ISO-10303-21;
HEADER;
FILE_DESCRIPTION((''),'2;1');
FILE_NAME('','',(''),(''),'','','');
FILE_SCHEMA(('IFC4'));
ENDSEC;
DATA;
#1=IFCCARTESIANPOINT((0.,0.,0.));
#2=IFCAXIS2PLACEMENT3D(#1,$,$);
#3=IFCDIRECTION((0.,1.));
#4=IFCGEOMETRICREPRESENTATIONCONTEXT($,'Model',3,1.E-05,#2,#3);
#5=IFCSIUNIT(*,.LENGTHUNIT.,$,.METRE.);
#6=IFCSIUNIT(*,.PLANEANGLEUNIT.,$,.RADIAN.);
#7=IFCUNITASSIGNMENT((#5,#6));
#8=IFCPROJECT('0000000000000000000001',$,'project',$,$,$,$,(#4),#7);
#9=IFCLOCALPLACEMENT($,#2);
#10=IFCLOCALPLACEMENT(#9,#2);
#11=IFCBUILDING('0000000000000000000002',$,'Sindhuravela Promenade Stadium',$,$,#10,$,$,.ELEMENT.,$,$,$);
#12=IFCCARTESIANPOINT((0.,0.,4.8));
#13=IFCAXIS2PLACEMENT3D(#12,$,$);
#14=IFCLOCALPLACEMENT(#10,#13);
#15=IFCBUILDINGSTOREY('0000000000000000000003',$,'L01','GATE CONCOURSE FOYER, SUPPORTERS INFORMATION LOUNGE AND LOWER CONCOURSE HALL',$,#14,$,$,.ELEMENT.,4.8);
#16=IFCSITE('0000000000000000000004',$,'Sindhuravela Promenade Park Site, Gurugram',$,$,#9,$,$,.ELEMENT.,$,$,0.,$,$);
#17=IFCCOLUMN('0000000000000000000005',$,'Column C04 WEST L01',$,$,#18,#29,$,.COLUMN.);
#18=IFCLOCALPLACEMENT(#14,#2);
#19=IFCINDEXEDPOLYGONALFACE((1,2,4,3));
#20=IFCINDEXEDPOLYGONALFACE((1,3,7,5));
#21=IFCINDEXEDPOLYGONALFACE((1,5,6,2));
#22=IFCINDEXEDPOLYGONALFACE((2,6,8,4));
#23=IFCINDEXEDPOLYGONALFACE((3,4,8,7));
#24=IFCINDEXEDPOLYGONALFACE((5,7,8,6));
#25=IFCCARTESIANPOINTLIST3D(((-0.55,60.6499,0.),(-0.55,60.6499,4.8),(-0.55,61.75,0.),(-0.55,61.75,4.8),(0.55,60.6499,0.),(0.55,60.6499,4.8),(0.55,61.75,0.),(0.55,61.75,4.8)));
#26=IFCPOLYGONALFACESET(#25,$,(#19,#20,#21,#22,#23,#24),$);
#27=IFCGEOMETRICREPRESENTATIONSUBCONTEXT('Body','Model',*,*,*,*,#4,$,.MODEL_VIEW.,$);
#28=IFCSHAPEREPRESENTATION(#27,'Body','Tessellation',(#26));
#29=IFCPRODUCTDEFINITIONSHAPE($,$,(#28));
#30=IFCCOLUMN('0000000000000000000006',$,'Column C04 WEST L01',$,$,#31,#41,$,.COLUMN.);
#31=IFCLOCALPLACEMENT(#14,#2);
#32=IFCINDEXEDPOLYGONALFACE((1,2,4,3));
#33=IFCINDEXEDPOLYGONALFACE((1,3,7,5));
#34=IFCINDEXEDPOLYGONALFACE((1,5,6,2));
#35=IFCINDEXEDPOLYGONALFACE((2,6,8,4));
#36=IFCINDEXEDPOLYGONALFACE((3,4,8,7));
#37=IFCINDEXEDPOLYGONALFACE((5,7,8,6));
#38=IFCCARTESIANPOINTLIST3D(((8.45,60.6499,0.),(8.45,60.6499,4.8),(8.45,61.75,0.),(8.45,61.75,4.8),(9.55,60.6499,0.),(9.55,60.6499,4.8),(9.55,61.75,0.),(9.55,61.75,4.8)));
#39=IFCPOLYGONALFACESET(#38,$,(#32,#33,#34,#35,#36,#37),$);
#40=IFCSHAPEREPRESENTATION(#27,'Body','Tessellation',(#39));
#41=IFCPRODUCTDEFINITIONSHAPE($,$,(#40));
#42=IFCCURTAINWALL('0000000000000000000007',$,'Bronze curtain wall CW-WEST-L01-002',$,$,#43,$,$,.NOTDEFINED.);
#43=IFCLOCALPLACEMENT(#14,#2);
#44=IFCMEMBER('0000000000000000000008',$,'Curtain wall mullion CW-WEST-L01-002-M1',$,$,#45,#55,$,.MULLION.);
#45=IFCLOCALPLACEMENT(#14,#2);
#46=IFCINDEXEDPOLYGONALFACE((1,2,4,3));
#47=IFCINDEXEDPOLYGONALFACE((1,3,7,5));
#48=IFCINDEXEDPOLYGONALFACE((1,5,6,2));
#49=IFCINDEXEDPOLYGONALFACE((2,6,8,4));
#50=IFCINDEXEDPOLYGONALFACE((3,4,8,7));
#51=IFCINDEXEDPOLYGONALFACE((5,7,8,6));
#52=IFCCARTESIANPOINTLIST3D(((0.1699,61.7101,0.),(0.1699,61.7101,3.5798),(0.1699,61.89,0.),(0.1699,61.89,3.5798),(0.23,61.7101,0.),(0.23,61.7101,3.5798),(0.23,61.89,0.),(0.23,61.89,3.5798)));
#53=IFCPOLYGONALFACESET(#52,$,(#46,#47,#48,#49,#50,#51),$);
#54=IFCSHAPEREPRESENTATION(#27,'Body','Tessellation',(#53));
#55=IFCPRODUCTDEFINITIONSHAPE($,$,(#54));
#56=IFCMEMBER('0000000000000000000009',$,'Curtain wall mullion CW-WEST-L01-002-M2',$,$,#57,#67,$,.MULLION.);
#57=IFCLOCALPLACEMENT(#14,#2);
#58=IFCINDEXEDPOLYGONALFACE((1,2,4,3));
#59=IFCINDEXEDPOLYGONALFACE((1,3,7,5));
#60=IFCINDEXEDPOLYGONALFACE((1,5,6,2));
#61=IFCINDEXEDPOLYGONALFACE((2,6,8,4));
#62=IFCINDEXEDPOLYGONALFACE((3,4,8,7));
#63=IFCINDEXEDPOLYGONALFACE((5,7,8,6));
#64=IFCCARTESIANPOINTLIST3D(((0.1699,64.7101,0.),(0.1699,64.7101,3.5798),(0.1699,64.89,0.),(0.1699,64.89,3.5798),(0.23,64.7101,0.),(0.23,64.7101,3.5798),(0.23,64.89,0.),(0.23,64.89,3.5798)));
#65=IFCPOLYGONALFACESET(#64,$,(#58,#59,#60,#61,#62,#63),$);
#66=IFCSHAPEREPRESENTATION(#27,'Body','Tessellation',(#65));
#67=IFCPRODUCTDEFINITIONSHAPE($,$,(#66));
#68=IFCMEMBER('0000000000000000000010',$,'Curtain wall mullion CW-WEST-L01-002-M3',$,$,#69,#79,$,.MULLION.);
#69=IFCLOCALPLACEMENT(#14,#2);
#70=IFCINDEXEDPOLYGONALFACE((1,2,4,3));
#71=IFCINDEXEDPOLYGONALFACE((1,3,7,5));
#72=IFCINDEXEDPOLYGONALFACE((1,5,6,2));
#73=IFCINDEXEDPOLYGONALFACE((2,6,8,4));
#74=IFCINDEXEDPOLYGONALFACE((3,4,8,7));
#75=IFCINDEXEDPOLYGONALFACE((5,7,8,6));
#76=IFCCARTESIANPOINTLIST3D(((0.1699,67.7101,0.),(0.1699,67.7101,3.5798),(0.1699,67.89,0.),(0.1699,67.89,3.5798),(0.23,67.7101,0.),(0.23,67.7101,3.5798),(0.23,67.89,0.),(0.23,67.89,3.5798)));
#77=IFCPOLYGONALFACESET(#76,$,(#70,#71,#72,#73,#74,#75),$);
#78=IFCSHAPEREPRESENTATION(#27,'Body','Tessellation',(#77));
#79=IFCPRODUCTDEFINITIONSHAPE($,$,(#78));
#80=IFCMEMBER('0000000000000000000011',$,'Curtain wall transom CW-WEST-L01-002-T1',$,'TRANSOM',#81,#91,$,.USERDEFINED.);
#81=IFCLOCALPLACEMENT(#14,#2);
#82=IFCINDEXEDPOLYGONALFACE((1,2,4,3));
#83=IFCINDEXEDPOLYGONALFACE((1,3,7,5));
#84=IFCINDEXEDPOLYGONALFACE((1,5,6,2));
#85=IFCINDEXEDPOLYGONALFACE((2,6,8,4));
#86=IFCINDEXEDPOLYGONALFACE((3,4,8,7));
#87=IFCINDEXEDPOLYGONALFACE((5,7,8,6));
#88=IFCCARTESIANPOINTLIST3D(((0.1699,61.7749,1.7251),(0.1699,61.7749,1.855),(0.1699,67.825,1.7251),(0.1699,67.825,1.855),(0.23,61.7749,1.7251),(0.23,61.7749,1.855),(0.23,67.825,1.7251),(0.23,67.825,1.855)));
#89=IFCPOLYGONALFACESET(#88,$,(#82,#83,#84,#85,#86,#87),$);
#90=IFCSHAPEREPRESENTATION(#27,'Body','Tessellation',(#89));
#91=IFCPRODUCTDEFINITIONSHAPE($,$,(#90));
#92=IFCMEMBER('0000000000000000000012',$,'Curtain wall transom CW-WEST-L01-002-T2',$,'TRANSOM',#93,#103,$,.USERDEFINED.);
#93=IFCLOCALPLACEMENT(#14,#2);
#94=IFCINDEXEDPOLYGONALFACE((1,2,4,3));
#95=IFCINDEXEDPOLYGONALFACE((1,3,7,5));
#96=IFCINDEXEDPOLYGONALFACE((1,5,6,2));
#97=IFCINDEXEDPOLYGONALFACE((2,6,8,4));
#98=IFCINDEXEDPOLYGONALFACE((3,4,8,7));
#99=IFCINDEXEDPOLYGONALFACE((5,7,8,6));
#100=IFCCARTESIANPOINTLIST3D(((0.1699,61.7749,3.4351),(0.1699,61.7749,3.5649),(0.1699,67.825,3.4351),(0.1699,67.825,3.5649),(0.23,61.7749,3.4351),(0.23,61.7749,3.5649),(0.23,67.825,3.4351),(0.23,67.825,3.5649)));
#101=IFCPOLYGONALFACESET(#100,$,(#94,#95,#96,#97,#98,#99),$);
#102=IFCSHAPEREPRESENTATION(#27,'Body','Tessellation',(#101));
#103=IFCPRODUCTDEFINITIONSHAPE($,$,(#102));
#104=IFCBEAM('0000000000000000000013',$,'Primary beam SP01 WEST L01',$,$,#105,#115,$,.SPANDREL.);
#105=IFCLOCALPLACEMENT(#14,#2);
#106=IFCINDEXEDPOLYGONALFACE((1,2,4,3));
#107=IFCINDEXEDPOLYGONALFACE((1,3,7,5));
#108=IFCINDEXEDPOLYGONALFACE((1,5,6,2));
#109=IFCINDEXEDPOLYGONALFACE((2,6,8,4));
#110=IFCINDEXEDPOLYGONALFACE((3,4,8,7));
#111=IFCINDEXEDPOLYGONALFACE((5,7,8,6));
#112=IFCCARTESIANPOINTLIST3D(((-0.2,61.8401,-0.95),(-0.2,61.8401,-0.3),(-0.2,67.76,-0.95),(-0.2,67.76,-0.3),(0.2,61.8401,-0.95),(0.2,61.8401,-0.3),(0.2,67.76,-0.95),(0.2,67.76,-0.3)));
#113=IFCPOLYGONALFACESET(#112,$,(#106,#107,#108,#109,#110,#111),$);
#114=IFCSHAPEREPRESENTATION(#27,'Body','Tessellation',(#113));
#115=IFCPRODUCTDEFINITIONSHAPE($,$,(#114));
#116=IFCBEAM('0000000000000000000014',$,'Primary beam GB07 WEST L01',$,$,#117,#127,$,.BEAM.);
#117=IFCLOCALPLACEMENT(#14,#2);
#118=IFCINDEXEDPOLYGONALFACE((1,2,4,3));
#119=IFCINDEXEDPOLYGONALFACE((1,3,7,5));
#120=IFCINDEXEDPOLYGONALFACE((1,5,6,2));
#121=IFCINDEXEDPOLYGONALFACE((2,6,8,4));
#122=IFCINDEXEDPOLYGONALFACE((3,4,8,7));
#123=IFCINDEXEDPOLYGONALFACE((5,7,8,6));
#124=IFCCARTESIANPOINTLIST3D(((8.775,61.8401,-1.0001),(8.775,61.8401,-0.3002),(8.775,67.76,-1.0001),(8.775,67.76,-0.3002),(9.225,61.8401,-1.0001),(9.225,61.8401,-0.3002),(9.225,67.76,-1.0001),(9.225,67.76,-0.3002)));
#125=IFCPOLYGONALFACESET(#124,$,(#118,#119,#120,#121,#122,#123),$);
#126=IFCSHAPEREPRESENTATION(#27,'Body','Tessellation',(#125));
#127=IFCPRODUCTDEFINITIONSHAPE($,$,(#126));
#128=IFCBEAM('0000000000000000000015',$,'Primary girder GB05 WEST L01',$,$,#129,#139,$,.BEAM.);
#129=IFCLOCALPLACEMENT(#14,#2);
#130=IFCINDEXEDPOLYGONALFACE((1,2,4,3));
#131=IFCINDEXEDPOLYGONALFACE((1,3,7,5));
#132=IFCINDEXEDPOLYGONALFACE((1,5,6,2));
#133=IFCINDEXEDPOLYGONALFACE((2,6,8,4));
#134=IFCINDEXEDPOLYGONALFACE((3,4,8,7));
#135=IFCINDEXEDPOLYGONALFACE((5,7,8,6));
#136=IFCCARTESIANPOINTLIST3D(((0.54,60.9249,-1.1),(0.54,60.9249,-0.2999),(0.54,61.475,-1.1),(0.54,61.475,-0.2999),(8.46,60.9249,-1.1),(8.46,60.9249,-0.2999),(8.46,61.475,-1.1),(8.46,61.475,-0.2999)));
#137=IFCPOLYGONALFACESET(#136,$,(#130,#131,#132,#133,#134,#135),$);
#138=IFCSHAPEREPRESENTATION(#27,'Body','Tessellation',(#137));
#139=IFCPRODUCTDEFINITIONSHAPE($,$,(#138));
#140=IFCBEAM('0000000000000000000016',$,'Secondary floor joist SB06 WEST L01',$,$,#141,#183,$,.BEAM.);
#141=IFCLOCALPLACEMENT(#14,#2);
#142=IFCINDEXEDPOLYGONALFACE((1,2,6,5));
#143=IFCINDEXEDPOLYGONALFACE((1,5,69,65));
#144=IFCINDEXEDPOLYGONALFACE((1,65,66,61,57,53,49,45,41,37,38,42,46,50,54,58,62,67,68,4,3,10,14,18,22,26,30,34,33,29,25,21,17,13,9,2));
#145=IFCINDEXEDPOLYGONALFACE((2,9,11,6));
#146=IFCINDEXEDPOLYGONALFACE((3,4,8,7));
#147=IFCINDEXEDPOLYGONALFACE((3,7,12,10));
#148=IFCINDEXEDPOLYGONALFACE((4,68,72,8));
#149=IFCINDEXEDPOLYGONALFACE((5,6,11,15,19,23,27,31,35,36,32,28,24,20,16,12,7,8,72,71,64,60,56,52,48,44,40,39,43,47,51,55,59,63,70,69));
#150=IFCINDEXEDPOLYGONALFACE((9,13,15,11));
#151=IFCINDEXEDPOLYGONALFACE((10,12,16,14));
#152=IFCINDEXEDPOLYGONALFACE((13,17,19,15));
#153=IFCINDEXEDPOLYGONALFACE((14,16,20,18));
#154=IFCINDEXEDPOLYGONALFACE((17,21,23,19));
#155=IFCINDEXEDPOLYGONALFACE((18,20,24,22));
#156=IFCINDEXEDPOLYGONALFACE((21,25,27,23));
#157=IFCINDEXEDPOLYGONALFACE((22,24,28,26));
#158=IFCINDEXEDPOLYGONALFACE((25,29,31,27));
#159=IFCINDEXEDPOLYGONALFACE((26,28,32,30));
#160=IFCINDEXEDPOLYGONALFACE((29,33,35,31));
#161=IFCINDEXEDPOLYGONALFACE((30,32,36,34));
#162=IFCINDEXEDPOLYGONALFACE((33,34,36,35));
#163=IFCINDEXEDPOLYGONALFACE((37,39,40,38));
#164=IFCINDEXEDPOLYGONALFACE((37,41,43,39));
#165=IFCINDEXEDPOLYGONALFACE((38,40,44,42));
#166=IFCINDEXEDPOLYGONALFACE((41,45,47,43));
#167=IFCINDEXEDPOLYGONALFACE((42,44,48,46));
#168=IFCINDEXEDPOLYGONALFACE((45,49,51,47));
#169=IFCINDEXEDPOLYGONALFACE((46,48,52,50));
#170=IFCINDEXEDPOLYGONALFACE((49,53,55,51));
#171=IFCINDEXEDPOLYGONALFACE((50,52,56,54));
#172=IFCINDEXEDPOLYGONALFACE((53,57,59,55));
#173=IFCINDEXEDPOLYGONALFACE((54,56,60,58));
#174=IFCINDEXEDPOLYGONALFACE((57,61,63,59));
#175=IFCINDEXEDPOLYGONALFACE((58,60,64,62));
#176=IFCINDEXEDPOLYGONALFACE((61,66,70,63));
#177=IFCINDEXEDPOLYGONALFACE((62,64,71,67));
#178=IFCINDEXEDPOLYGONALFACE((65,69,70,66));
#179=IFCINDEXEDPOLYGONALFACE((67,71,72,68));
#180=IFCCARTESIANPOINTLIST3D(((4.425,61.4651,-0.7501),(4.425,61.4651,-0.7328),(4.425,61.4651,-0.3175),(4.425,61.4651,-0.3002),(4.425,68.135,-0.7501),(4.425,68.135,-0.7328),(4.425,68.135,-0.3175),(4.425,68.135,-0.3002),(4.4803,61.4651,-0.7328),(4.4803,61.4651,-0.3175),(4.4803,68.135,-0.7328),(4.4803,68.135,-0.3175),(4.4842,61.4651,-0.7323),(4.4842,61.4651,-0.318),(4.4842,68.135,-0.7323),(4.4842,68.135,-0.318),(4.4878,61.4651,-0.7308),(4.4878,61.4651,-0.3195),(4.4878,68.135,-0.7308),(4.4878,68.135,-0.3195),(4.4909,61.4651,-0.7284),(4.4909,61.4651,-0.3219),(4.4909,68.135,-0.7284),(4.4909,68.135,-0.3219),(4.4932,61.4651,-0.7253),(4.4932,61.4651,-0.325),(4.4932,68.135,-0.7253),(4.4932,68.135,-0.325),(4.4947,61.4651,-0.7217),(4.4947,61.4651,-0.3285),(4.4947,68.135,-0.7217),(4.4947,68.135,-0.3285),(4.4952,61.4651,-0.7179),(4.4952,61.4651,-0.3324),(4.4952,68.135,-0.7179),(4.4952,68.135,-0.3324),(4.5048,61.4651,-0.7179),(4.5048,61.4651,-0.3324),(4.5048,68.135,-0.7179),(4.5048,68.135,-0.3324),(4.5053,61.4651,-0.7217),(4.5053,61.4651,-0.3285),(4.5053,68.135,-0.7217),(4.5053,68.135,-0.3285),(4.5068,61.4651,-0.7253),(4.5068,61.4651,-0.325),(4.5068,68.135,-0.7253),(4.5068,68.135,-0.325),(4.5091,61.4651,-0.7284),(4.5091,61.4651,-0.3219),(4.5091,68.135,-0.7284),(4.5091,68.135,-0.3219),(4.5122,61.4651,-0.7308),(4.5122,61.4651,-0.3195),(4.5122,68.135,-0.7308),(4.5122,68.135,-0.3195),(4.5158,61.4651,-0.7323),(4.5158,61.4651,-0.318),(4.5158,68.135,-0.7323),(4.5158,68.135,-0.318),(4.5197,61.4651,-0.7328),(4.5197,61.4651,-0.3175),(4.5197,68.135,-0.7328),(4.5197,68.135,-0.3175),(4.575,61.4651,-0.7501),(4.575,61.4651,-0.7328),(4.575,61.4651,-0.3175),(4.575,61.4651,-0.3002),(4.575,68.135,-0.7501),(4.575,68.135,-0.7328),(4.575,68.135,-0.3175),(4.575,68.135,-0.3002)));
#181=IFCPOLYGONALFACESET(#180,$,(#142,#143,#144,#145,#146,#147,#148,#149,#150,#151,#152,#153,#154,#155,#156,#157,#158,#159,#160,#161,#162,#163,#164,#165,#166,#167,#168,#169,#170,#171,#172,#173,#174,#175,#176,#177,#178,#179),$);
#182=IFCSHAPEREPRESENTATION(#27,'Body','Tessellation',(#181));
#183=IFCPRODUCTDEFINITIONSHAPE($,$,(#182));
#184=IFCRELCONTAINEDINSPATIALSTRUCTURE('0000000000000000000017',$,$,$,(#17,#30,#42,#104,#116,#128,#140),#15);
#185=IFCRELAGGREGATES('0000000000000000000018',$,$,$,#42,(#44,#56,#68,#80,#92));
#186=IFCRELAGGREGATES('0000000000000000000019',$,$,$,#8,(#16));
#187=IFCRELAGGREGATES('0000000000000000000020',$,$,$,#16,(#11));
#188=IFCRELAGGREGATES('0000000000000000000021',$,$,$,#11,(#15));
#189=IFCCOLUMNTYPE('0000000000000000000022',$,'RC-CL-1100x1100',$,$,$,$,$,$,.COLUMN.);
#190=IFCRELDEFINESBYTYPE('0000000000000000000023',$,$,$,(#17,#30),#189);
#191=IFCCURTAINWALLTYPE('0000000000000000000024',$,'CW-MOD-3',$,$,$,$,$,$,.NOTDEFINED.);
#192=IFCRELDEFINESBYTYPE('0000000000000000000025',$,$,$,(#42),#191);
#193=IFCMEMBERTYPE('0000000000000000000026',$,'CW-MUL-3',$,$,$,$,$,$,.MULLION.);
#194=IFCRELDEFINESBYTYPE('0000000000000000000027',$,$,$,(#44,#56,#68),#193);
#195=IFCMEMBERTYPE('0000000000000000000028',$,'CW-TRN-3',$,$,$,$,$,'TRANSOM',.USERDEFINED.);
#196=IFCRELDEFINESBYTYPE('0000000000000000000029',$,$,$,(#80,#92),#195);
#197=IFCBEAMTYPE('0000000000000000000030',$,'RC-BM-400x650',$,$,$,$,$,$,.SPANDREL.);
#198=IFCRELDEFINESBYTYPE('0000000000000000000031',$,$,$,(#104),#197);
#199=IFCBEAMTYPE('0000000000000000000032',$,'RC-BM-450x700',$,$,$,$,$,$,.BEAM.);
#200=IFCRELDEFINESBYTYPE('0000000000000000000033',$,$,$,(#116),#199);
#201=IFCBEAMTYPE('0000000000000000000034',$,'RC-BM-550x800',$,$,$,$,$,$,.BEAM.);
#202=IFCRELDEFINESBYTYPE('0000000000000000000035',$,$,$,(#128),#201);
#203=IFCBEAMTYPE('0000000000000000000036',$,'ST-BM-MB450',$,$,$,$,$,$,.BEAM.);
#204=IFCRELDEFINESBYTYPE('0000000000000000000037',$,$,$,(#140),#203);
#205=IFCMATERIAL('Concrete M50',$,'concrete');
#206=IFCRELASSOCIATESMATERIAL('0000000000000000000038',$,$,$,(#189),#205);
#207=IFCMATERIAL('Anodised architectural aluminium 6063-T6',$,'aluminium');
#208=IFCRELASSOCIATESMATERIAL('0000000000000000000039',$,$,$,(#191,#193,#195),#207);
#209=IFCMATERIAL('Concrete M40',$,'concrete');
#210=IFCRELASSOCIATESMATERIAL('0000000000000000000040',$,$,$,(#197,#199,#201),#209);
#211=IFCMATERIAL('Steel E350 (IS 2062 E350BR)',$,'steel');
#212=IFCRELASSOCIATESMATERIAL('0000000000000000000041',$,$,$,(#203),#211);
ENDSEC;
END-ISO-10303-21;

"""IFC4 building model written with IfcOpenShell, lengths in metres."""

from ifc_helpers import new_model, si_unit, direction, frame, origin, origin_2d, place, context, subcontext, project, spatial, rectangle, i_section, extrude, material, material_profile, profile_set, type_object, element, aggregate, save


model = new_model("IFC4")

# Units and contexts
model_context = context("Model", 3, precision=1e-05, world=origin(), true_north=direction((0.0, 1.0)))
body_context = subcontext(model_context, "Body", "Model", "MODEL_VIEW")
ifc_project = project(units=[si_unit("LENGTHUNIT", "METRE"), si_unit("PLANEANGLEUNIT", "RADIAN")], contexts=[model_context])

# Site, building, storey
site_placement = place(None, origin())
site = spatial("IfcSite", under=ifc_project, at=site_placement, Name="Sindhuravela Promenade Park Site, Gurugram", CompositionType="ELEMENT", RefElevation=0.0)
building_placement = place(site_placement, origin())
building = spatial("IfcBuilding", under=site, at=building_placement, Name="Sindhuravela Promenade Stadium", CompositionType="ELEMENT")
storey_placement = place(building_placement, frame((0.0, 0.0, 4.8)))
storey = spatial("IfcBuildingStorey", under=building, at=storey_placement, Name="L01", Description="GATE CONCOURSE FOYER, SUPPORTERS INFORMATION LOUNGE AND LOWER CONCOURSE HALL", CompositionType="ELEMENT", Elevation=4.8)

# Columns
ifc_material_1 = material(Name="Concrete M50", Category="concrete")
ifc_material_profile_1 = material_profile(ifc_material_1, rectangle(XDim=1.1001, YDim=1.1001, at=origin_2d()), Name="RC 1100x1100")
ifc_profile_set_1 = profile_set([ifc_material_profile_1], Name="Concrete M50")
column_type = type_object("IfcColumnType", Name="RC-CL-1100x1100", PredefinedType="COLUMN", material=ifc_profile_set_1)
for number, where, z_axis, x_axis, name in (
    (1, (0.0, 61.2, 0.0), (0.0, 0.0, 1.0), (1.0, 0.0, 0.0), "Column C04 WEST L01"),
    (2, (9.0, 61.2, 0.0), (0.0, 0.0, 1.0), (1.0, 0.0, 0.0), "Column C04 WEST L01"),
):
    element("IfcColumn", number, at=place(storey_placement, frame(where, z_axis=z_axis, x_axis=x_axis)), inside=storey, type_object=column_type, Name=name, PredefinedType="COLUMN", context=body_context, shape_type="SweptSolid", body=[
        extrude(rectangle(XDim=1.1001, YDim=1.1001, at=origin_2d()), origin(), (0.0, 0.0, 1.0), 4.8),
    ])

# Curtain wall, members
ifc_material_2 = material(Name="Anodised architectural aluminium 6063-T6", Category="aluminium")
curtain_wall_type = type_object("IfcCurtainWallType", Name="CW-MOD-3", PredefinedType="NOTDEFINED", material=ifc_material_2)
curtain_wall_placement = place(storey_placement, origin())
curtain_wall = element("IfcCurtainWall", 3, at=curtain_wall_placement, inside=storey, type_object=curtain_wall_type, Name="Bronze curtain wall CW-WEST-L01-002", PredefinedType="NOTDEFINED")
ifc_material_profile_2 = material_profile(ifc_material_2, rectangle(XDim=0.0601, YDim=0.1799, at=origin_2d()), Name="ALU M60x180")
ifc_profile_set_2 = profile_set([ifc_material_profile_2], Name="Anodised architectural aluminium 6063-T6")
member_type_1 = type_object("IfcMemberType", Name="CW-MUL-3", PredefinedType="MULLION", material=ifc_profile_set_2)
member_1_placement = place(storey_placement, frame((0.2, 61.8, 0.0), z_axis=(0.0, 0.0, 1.0), x_axis=(1.0, 0.0, 0.0)))
member_1 = element("IfcMember", 4, at=member_1_placement, type_object=member_type_1, Name="Curtain wall mullion CW-WEST-L01-002-M1", PredefinedType="MULLION", context=body_context, shape_type="SweptSolid", body=[
    extrude(rectangle(XDim=0.0601, YDim=0.1799, at=origin_2d()), origin(), (0.0, 0.0, 1.0), 3.5798),
])
member_2_placement = place(storey_placement, frame((0.2, 64.8, 0.0), z_axis=(0.0, 0.0, 1.0), x_axis=(1.0, 0.0, 0.0)))
member_2 = element("IfcMember", 5, at=member_2_placement, type_object=member_type_1, Name="Curtain wall mullion CW-WEST-L01-002-M2", PredefinedType="MULLION", context=body_context, shape_type="SweptSolid", body=[
    extrude(rectangle(XDim=0.0601, YDim=0.1799, at=origin_2d()), origin(), (0.0, 0.0, 1.0), 3.5798),
])
member_3_placement = place(storey_placement, frame((0.2, 67.8, 0.0), z_axis=(0.0, 0.0, 1.0), x_axis=(1.0, 0.0, 0.0)))
member_3 = element("IfcMember", 6, at=member_3_placement, type_object=member_type_1, Name="Curtain wall mullion CW-WEST-L01-002-M3", PredefinedType="MULLION", context=body_context, shape_type="SweptSolid", body=[
    extrude(rectangle(XDim=0.0601, YDim=0.1799, at=origin_2d()), origin(), (0.0, 0.0, 1.0), 3.5798),
])
ifc_material_profile_3 = material_profile(ifc_material_2, rectangle(XDim=0.0601, YDim=0.1299, at=origin_2d()), Name="ALU T60x130")
ifc_profile_set_3 = profile_set([ifc_material_profile_3], Name="Anodised architectural aluminium 6063-T6")
member_type_2 = type_object("IfcMemberType", Name="CW-TRN-3", ElementType="TRANSOM", PredefinedType="USERDEFINED", material=ifc_profile_set_3)
member_4_placement = place(storey_placement, frame((0.2, 61.7749, 1.79), z_axis=(0.0, 1.0, 0.0), x_axis=(-1.0, 0.0, 0.0)))
member_4 = element("IfcMember", 7, at=member_4_placement, type_object=member_type_2, Name="Curtain wall transom CW-WEST-L01-002-T1", ObjectType="TRANSOM", PredefinedType="USERDEFINED", context=body_context, shape_type="SweptSolid", body=[
    extrude(rectangle(XDim=0.0601, YDim=0.1299, at=origin_2d()), origin(), (0.0, 0.0, 1.0), 6.05),
])
member_5_placement = place(storey_placement, frame((0.2, 61.7749, 3.5), z_axis=(0.0, 1.0, 0.0), x_axis=(-1.0, 0.0, 0.0)))
member_5 = element("IfcMember", 8, at=member_5_placement, type_object=member_type_2, Name="Curtain wall transom CW-WEST-L01-002-T2", ObjectType="TRANSOM", PredefinedType="USERDEFINED", context=body_context, shape_type="SweptSolid", body=[
    extrude(rectangle(XDim=0.0601, YDim=0.1299, at=origin_2d()), origin(), (0.0, 0.0, 1.0), 6.05),
])

# Beams
ifc_material_3 = material(Name="Concrete M40", Category="concrete")
ifc_material_profile_4 = material_profile(ifc_material_3, rectangle(XDim=0.3999, YDim=0.6499, at=origin_2d()), Name="RC 400x650")
ifc_profile_set_4 = profile_set([ifc_material_profile_4], Name="Concrete M40")
beam_type_1 = type_object("IfcBeamType", Name="RC-BM-400x650", PredefinedType="SPANDREL", material=ifc_profile_set_4)
beam_1_placement = place(storey_placement, frame((0.0, 61.8401, -0.625), z_axis=(0.0, 1.0, 0.0), x_axis=(-1.0, 0.0, 0.0)))
element("IfcBeam", 9, at=beam_1_placement, inside=storey, type_object=beam_type_1, Name="Primary beam SP01 WEST L01", PredefinedType="SPANDREL", context=body_context, shape_type="SweptSolid", body=[
    extrude(rectangle(XDim=0.3999, YDim=0.6499, at=origin_2d()), origin(), (0.0, 0.0, 1.0), 5.9199),
])
ifc_material_profile_5 = material_profile(ifc_material_3, rectangle(XDim=0.45, YDim=0.7, at=origin_2d()), Name="RC 450x700")
ifc_profile_set_5 = profile_set([ifc_material_profile_5], Name="Concrete M40")
beam_type_2 = type_object("IfcBeamType", Name="RC-BM-450x700", PredefinedType="BEAM", material=ifc_profile_set_5)
beam_2_placement = place(storey_placement, frame((9.0, 61.8401, -0.6501), z_axis=(0.0, 1.0, 0.0), x_axis=(-1.0, 0.0, 0.0)))
element("IfcBeam", 10, at=beam_2_placement, inside=storey, type_object=beam_type_2, Name="Primary beam GB07 WEST L01", PredefinedType="BEAM", context=body_context, shape_type="SweptSolid", body=[
    extrude(rectangle(XDim=0.45, YDim=0.7, at=origin_2d()), origin(), (0.0, 0.0, 1.0), 5.9199),
])
ifc_material_profile_6 = material_profile(ifc_material_3, rectangle(XDim=0.55, YDim=0.8, at=origin_2d()), Name="RC 550x800")
ifc_profile_set_6 = profile_set([ifc_material_profile_6], Name="Concrete M40")
beam_type_3 = type_object("IfcBeamType", Name="RC-BM-550x800", PredefinedType="BEAM", material=ifc_profile_set_6)
beam_3_placement = place(storey_placement, frame((0.54, 61.2, -0.7), z_axis=(1.0, 0.0, 0.0), x_axis=(0.0, 1.0, 0.0)))
element("IfcBeam", 11, at=beam_3_placement, inside=storey, type_object=beam_type_3, Name="Primary girder GB05 WEST L01", PredefinedType="BEAM", context=body_context, shape_type="SweptSolid", body=[
    extrude(rectangle(XDim=0.55, YDim=0.8, at=origin_2d()), origin(), (0.0, 0.0, 1.0), 7.9199),
])
ifc_material_4 = material(Name="Steel E350 (IS 2062 E350BR)", Category="steel")
ifc_material_profile_7 = material_profile(ifc_material_4, i_section(OverallWidth=0.1499, OverallDepth=0.45, WebThickness=0.0095, FlangeThickness=0.0173, FilletRadius=0.0149, at=origin_2d()), Name="ISMB 450")
ifc_profile_set_7 = profile_set([ifc_material_profile_7], Name="Steel E350 (IS 2062 E350BR)")
beam_type_4 = type_object("IfcBeamType", Name="ST-BM-MB450", PredefinedType="BEAM", material=ifc_profile_set_7)
beam_4_placement = place(storey_placement, frame((4.5, 61.4651, -0.5251), z_axis=(0.0, 1.0, 0.0), x_axis=(-1.0, 0.0, 0.0)))
element("IfcBeam", 12, at=beam_4_placement, inside=storey, type_object=beam_type_4, Name="Secondary floor joist SB06 WEST L01", PredefinedType="BEAM", context=body_context, shape_type="SweptSolid", body=[
    extrude(i_section(OverallWidth=0.1499, OverallDepth=0.45, WebThickness=0.0095, FlangeThickness=0.0173, FilletRadius=0.0149, at=origin_2d()), origin(), (0.0, 0.0, 1.0), 6.6699),
])

aggregate(curtain_wall, [member_1, member_2, member_3, member_4, member_5])

save(model, "model.ifc")
